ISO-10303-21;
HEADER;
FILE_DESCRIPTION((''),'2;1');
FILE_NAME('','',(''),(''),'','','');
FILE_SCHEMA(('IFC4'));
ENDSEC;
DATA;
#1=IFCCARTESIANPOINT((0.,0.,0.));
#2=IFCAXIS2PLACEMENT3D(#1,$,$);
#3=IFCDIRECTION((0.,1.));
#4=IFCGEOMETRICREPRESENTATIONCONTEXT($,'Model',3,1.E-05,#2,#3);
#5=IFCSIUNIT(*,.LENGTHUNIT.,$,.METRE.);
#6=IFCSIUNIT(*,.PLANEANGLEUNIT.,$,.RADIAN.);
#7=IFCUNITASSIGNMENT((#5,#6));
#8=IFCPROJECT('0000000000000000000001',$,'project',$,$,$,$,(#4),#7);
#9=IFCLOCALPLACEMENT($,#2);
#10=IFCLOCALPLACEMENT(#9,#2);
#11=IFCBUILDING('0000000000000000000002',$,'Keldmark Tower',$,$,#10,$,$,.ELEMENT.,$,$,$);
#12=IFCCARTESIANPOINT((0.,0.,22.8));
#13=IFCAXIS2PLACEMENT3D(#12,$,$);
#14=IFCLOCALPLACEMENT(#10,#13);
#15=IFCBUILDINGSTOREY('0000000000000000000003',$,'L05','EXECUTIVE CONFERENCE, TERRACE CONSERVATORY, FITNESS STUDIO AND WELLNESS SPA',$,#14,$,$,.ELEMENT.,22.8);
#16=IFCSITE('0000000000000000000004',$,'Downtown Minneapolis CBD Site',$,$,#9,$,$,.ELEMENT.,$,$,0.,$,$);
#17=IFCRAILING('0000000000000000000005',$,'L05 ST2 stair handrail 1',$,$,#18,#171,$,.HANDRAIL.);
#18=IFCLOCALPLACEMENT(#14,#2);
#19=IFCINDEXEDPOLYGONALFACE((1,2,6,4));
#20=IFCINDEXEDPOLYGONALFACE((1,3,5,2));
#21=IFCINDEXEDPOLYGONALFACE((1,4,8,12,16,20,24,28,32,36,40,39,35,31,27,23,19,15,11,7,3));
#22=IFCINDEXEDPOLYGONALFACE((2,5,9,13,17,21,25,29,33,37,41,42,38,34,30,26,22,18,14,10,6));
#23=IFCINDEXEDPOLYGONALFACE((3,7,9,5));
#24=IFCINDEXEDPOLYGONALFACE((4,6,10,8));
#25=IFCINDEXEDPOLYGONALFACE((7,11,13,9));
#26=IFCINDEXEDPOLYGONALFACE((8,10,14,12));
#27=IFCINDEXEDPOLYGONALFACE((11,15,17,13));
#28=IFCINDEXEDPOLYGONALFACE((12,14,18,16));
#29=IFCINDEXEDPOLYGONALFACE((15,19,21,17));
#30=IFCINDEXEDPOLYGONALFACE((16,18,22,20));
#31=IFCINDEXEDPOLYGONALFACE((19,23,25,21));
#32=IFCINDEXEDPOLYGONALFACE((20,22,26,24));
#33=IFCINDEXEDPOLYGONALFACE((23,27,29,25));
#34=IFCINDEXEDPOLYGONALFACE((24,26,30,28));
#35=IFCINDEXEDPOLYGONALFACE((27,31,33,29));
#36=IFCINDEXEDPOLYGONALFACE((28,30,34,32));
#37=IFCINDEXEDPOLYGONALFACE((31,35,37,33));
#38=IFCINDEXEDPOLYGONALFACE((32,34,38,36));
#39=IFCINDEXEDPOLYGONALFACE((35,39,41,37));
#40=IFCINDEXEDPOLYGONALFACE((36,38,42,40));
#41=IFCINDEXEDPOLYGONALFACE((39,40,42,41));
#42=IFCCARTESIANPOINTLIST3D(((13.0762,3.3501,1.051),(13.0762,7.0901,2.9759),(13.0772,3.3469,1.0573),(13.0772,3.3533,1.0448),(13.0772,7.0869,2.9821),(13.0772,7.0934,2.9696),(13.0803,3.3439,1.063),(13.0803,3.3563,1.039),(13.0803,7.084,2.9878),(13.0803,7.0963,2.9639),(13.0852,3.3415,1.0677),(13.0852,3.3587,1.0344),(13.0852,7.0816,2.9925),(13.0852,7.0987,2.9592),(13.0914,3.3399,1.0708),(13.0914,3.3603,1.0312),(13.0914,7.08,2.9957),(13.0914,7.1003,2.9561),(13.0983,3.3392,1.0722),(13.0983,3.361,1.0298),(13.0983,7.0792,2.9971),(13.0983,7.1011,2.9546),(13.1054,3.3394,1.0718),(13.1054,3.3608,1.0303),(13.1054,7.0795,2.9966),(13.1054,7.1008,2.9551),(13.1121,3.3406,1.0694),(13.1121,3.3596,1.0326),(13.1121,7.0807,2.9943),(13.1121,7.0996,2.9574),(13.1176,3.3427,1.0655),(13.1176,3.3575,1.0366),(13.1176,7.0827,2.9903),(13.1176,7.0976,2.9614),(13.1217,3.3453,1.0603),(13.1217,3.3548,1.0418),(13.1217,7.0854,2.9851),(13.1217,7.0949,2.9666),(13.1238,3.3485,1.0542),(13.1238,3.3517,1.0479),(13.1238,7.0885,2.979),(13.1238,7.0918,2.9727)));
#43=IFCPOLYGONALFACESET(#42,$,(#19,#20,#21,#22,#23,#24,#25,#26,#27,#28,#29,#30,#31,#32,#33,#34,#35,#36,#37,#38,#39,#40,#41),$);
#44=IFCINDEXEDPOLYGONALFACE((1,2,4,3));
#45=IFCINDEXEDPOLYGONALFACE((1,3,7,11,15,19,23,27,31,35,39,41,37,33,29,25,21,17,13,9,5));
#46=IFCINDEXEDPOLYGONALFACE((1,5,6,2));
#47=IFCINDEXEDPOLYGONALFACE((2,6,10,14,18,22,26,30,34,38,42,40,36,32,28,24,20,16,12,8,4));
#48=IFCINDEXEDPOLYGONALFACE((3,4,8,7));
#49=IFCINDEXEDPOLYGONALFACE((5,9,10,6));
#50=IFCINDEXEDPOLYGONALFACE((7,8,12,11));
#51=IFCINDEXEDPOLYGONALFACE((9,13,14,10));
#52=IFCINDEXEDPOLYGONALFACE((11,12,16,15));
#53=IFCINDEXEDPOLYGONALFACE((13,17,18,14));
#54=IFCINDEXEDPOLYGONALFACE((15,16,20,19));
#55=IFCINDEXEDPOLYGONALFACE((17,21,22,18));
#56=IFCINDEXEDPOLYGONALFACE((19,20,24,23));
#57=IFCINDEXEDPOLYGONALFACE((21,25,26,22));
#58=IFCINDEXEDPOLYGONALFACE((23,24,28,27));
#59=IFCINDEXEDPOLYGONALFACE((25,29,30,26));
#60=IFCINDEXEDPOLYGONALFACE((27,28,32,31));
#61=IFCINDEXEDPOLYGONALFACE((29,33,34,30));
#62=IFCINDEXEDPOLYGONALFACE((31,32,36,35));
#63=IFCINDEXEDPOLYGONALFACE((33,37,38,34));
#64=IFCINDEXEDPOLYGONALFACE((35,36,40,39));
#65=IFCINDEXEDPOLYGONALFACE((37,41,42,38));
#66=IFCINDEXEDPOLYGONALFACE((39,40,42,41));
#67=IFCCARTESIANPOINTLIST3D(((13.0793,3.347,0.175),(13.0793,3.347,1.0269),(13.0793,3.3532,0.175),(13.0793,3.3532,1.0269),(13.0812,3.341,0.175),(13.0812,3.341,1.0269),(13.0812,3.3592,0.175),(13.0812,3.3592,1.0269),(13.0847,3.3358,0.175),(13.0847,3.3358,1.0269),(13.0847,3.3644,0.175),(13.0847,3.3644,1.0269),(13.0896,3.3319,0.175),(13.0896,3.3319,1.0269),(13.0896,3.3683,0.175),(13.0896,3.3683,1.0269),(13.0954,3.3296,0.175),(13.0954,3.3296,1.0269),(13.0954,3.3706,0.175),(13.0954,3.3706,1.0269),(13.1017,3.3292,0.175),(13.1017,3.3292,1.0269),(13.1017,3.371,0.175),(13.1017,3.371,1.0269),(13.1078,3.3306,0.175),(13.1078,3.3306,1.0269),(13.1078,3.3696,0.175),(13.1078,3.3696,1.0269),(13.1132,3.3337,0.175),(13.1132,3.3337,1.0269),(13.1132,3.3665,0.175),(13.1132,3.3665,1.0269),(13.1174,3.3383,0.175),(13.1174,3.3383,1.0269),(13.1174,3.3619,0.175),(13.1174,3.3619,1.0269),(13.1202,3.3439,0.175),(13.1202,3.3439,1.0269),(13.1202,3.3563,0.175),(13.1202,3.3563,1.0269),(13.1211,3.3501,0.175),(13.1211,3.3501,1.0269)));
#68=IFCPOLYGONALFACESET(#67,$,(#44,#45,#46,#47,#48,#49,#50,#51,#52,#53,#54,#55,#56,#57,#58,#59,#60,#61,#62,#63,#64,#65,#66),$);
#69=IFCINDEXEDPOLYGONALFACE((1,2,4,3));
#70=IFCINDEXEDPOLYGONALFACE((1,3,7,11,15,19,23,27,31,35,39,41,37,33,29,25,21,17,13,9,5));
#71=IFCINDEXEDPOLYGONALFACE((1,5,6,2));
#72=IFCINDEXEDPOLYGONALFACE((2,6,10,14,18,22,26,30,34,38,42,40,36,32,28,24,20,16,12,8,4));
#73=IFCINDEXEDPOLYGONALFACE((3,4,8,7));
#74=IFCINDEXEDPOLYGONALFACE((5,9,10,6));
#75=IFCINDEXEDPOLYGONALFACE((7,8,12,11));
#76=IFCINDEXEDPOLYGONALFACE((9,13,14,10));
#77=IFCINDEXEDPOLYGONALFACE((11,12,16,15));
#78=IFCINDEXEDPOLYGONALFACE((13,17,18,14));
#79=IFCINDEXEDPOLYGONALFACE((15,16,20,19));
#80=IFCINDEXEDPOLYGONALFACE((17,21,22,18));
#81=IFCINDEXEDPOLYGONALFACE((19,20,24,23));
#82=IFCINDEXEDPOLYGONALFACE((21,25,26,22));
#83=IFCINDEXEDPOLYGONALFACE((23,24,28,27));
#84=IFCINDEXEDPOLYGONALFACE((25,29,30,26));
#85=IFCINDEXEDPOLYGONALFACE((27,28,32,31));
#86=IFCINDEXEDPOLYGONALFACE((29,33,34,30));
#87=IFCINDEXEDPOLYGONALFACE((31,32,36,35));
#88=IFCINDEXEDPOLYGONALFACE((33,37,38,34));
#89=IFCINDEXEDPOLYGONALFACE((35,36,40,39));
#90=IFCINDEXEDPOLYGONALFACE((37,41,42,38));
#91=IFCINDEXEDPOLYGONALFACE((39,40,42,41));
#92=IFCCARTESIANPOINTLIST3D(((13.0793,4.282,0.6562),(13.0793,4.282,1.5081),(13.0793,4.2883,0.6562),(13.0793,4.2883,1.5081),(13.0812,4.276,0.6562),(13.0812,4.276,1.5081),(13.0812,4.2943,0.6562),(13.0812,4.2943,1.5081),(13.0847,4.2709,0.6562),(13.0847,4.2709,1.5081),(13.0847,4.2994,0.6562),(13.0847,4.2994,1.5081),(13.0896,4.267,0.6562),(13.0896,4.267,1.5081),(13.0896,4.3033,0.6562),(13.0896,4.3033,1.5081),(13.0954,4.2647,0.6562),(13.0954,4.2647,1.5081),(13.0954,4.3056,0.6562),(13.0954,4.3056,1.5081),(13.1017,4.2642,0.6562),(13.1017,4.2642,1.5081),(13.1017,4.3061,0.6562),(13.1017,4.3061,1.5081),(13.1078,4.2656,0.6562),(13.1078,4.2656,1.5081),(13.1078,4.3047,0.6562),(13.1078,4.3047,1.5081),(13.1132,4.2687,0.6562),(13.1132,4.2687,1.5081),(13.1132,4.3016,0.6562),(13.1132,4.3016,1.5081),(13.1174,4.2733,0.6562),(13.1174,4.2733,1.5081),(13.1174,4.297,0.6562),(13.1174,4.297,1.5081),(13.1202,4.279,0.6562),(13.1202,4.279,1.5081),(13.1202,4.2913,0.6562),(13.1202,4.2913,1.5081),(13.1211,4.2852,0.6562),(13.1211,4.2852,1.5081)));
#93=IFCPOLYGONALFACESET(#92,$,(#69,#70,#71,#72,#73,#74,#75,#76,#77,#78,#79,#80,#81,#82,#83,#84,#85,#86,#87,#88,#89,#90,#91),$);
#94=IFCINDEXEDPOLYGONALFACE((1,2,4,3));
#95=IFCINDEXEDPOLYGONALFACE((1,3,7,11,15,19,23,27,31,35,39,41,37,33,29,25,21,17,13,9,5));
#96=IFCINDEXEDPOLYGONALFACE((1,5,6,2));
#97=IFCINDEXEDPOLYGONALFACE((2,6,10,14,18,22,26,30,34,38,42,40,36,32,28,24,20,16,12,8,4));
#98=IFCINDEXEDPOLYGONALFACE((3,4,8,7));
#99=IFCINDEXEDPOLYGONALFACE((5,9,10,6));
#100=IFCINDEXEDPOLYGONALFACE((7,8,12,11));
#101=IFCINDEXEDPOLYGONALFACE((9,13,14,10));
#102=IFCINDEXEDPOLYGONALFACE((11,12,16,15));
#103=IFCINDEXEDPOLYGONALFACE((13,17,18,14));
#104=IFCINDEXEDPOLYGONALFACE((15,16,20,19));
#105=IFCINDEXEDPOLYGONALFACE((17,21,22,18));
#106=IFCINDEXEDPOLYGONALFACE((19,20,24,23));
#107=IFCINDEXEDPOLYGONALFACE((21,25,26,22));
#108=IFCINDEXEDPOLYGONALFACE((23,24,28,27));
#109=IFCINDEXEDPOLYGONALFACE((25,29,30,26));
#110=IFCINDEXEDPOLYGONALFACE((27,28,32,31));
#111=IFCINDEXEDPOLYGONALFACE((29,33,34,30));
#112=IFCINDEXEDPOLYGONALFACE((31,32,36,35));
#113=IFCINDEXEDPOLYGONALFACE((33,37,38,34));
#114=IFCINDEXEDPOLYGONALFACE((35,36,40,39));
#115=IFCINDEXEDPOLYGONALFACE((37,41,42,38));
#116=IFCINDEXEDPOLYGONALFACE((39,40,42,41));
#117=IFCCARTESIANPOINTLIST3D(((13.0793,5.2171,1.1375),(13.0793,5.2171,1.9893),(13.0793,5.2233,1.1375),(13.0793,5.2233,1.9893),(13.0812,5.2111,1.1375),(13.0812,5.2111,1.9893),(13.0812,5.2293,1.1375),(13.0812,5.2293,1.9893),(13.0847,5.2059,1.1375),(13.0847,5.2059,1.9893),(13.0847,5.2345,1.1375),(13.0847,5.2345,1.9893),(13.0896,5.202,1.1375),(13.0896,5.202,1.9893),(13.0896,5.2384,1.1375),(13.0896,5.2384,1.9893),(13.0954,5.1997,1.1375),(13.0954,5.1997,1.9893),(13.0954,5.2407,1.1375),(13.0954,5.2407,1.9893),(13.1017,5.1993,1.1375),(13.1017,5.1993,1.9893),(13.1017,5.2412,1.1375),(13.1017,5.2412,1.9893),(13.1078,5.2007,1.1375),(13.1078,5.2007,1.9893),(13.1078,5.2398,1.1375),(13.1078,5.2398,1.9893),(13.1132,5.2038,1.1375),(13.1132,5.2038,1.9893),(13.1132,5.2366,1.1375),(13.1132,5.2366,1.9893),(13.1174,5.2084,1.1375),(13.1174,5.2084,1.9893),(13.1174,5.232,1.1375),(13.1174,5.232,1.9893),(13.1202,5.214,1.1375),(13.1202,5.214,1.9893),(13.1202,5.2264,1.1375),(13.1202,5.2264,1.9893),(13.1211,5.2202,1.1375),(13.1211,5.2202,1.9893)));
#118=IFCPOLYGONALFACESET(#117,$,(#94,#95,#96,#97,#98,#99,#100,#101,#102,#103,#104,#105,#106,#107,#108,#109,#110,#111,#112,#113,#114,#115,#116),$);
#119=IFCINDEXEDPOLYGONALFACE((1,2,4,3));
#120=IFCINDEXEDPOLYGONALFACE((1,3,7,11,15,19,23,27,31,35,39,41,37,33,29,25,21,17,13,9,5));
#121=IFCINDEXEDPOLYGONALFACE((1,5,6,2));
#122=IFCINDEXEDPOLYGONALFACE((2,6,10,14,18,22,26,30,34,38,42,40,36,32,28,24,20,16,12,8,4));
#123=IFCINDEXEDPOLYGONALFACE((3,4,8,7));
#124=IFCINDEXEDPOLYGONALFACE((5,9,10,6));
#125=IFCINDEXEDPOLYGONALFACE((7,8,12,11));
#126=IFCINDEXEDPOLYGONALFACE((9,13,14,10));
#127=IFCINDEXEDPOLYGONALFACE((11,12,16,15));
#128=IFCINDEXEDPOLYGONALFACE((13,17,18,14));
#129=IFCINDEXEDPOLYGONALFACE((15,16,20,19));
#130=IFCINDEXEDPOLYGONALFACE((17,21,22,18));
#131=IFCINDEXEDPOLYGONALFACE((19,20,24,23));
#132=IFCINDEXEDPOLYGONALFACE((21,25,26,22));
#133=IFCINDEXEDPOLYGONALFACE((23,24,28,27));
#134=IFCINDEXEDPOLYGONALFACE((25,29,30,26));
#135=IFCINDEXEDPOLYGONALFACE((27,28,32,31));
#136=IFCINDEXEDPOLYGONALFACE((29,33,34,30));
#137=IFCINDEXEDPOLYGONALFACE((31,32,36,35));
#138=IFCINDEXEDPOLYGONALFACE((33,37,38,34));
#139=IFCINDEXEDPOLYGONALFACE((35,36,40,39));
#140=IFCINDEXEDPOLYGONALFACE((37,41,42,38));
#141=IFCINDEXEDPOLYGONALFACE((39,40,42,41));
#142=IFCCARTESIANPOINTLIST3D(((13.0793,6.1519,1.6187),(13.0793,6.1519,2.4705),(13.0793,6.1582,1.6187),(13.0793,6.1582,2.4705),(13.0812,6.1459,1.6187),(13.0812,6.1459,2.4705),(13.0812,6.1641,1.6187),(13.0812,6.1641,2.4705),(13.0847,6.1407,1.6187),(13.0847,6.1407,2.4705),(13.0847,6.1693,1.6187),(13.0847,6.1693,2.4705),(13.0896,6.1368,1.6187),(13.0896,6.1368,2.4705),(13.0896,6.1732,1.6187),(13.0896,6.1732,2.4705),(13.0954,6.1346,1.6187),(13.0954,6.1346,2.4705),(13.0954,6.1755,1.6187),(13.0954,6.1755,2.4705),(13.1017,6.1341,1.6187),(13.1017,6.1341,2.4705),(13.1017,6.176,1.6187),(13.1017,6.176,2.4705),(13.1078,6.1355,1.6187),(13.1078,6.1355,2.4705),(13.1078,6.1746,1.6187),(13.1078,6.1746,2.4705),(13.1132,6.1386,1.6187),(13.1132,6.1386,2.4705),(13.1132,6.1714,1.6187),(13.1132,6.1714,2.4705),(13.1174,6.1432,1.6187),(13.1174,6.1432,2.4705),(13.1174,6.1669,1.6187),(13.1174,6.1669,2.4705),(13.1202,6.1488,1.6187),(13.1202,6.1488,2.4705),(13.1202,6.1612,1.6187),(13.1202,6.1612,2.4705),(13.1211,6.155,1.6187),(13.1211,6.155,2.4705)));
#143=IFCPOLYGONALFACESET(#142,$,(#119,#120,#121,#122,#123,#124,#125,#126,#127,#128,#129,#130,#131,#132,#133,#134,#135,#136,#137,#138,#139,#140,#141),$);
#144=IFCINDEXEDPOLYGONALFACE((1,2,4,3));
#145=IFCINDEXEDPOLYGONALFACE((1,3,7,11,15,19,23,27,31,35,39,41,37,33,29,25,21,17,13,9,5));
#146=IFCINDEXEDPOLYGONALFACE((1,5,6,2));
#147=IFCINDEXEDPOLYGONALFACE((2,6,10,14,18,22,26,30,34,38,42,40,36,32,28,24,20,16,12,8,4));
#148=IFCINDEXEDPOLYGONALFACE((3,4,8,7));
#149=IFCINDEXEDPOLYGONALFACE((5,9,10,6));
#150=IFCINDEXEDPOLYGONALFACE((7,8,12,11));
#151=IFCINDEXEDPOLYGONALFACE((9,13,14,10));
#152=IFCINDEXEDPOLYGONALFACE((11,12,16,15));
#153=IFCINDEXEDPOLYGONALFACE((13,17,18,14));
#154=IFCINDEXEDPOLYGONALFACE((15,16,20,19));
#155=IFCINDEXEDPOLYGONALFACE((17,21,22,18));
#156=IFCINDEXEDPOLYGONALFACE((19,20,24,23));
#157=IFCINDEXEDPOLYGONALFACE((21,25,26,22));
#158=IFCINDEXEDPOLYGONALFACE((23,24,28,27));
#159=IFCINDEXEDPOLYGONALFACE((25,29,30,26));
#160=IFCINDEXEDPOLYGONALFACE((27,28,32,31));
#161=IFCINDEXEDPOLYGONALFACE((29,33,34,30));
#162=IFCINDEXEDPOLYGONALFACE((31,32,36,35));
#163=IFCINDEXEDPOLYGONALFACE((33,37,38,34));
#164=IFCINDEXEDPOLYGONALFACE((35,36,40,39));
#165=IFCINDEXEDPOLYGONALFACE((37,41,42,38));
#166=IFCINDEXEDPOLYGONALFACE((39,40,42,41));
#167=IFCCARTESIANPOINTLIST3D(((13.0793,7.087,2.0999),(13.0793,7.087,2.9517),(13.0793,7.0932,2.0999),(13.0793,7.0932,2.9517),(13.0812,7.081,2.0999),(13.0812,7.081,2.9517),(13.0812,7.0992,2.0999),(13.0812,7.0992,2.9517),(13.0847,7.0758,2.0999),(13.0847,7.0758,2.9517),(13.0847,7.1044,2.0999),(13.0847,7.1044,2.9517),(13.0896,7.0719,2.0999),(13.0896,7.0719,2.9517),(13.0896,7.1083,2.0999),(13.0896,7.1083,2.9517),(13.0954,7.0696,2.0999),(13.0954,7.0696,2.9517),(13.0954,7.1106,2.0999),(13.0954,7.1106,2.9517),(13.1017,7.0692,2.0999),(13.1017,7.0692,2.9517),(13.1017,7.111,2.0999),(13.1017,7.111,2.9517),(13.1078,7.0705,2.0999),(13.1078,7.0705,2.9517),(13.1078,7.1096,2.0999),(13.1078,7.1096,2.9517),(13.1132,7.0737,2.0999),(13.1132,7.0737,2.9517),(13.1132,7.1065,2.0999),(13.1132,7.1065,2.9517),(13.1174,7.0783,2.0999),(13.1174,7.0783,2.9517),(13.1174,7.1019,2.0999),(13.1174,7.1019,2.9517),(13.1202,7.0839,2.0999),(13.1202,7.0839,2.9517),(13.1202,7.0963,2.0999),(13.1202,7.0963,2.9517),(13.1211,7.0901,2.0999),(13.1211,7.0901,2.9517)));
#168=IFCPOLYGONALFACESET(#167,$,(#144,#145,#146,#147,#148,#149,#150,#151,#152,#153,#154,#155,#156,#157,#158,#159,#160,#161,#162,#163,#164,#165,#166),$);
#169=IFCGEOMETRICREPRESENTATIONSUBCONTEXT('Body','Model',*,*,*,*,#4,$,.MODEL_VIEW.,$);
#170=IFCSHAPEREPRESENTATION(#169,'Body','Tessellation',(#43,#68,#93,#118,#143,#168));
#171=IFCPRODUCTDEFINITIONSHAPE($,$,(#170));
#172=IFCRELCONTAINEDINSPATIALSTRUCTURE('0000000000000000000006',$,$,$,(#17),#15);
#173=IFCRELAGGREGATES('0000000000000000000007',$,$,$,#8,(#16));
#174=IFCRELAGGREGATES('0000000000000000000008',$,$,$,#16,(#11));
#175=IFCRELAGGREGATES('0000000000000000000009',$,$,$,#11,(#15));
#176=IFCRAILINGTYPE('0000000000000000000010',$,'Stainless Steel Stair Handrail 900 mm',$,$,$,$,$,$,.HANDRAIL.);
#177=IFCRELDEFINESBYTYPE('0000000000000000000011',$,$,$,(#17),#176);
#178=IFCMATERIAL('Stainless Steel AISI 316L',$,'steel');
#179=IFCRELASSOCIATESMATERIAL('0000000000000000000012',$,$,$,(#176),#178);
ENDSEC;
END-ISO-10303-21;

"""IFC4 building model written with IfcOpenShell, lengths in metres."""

from ifc_helpers import new_model, si_unit, direction, frame, origin, origin_2d, place, context, subcontext, project, spatial, circle, extrude, material, type_object, element, save


model = new_model("IFC4")

# Units and contexts
model_context = context("Model", 3, precision=1e-05, world=origin(), true_north=direction((0.0, 1.0)))
body_context = subcontext(model_context, "Body", "Model", "MODEL_VIEW")
ifc_project = project(units=[si_unit("LENGTHUNIT", "METRE"), si_unit("PLANEANGLEUNIT", "RADIAN")], contexts=[model_context])

# Site, building, storey
site_placement = place(None, origin())
site = spatial("IfcSite", under=ifc_project, at=site_placement, Name="Downtown Minneapolis CBD Site", CompositionType="ELEMENT", RefElevation=0.0)
building_placement = place(site_placement, origin())
building = spatial("IfcBuilding", under=site, at=building_placement, Name="Keldmark Tower", CompositionType="ELEMENT")
storey_placement = place(building_placement, frame((0.0, 0.0, 22.8)))
storey = spatial("IfcBuildingStorey", under=building, at=storey_placement, Name="L05", Description="EXECUTIVE CONFERENCE, TERRACE CONSERVATORY, FITNESS STUDIO AND WELLNESS SPA", CompositionType="ELEMENT", Elevation=22.8)

# Railing
ifc_material_1 = material(Name="Stainless Steel AISI 316L", Category="steel")
railing_type = type_object("IfcRailingType", Name="Stainless Steel Stair Handrail 900 mm", PredefinedType="HANDRAIL", material=ifc_material_1)
railing_placement = place(storey_placement, frame((13.1001, 3.3501, 0.175)))
element("IfcRailing", 1, at=railing_placement, inside=storey, type_object=railing_type, Name="L05 ST2 stair handrail 1", PredefinedType="HANDRAIL", context=body_context, shape_type="SweptSolid", body=[
    extrude(circle(Radius=0.0239, at=origin_2d()), frame((0.0, 0.0, 0.876), z_axis=(0.0, 0.889154, 0.457608), x_axis=(-1.0, 0.0, 0.0)), (0.0, 0.0, 1.0), 4.2063),
    extrude(circle(Radius=0.021, at=origin_2d()), origin(), (0.0, 0.0, 1.0), 0.8518),
    extrude(circle(Radius=0.021, at=origin_2d()), frame((0.0, 0.9351, 0.4812)), (0.0, 0.0, 1.0), 0.8518),
    extrude(circle(Radius=0.021, at=origin_2d()), frame((0.0, 1.8701, 0.9624)), (0.0, 0.0, 1.0), 0.8518),
    extrude(circle(Radius=0.021, at=origin_2d()), frame((0.0, 2.8049, 1.4436)), (0.0, 0.0, 1.0), 0.8518),
    extrude(circle(Radius=0.021, at=origin_2d()), frame((0.0, 3.74, 1.9248)), (0.0, 0.0, 1.0), 0.8518),
])

save(model, "model.ifc")
